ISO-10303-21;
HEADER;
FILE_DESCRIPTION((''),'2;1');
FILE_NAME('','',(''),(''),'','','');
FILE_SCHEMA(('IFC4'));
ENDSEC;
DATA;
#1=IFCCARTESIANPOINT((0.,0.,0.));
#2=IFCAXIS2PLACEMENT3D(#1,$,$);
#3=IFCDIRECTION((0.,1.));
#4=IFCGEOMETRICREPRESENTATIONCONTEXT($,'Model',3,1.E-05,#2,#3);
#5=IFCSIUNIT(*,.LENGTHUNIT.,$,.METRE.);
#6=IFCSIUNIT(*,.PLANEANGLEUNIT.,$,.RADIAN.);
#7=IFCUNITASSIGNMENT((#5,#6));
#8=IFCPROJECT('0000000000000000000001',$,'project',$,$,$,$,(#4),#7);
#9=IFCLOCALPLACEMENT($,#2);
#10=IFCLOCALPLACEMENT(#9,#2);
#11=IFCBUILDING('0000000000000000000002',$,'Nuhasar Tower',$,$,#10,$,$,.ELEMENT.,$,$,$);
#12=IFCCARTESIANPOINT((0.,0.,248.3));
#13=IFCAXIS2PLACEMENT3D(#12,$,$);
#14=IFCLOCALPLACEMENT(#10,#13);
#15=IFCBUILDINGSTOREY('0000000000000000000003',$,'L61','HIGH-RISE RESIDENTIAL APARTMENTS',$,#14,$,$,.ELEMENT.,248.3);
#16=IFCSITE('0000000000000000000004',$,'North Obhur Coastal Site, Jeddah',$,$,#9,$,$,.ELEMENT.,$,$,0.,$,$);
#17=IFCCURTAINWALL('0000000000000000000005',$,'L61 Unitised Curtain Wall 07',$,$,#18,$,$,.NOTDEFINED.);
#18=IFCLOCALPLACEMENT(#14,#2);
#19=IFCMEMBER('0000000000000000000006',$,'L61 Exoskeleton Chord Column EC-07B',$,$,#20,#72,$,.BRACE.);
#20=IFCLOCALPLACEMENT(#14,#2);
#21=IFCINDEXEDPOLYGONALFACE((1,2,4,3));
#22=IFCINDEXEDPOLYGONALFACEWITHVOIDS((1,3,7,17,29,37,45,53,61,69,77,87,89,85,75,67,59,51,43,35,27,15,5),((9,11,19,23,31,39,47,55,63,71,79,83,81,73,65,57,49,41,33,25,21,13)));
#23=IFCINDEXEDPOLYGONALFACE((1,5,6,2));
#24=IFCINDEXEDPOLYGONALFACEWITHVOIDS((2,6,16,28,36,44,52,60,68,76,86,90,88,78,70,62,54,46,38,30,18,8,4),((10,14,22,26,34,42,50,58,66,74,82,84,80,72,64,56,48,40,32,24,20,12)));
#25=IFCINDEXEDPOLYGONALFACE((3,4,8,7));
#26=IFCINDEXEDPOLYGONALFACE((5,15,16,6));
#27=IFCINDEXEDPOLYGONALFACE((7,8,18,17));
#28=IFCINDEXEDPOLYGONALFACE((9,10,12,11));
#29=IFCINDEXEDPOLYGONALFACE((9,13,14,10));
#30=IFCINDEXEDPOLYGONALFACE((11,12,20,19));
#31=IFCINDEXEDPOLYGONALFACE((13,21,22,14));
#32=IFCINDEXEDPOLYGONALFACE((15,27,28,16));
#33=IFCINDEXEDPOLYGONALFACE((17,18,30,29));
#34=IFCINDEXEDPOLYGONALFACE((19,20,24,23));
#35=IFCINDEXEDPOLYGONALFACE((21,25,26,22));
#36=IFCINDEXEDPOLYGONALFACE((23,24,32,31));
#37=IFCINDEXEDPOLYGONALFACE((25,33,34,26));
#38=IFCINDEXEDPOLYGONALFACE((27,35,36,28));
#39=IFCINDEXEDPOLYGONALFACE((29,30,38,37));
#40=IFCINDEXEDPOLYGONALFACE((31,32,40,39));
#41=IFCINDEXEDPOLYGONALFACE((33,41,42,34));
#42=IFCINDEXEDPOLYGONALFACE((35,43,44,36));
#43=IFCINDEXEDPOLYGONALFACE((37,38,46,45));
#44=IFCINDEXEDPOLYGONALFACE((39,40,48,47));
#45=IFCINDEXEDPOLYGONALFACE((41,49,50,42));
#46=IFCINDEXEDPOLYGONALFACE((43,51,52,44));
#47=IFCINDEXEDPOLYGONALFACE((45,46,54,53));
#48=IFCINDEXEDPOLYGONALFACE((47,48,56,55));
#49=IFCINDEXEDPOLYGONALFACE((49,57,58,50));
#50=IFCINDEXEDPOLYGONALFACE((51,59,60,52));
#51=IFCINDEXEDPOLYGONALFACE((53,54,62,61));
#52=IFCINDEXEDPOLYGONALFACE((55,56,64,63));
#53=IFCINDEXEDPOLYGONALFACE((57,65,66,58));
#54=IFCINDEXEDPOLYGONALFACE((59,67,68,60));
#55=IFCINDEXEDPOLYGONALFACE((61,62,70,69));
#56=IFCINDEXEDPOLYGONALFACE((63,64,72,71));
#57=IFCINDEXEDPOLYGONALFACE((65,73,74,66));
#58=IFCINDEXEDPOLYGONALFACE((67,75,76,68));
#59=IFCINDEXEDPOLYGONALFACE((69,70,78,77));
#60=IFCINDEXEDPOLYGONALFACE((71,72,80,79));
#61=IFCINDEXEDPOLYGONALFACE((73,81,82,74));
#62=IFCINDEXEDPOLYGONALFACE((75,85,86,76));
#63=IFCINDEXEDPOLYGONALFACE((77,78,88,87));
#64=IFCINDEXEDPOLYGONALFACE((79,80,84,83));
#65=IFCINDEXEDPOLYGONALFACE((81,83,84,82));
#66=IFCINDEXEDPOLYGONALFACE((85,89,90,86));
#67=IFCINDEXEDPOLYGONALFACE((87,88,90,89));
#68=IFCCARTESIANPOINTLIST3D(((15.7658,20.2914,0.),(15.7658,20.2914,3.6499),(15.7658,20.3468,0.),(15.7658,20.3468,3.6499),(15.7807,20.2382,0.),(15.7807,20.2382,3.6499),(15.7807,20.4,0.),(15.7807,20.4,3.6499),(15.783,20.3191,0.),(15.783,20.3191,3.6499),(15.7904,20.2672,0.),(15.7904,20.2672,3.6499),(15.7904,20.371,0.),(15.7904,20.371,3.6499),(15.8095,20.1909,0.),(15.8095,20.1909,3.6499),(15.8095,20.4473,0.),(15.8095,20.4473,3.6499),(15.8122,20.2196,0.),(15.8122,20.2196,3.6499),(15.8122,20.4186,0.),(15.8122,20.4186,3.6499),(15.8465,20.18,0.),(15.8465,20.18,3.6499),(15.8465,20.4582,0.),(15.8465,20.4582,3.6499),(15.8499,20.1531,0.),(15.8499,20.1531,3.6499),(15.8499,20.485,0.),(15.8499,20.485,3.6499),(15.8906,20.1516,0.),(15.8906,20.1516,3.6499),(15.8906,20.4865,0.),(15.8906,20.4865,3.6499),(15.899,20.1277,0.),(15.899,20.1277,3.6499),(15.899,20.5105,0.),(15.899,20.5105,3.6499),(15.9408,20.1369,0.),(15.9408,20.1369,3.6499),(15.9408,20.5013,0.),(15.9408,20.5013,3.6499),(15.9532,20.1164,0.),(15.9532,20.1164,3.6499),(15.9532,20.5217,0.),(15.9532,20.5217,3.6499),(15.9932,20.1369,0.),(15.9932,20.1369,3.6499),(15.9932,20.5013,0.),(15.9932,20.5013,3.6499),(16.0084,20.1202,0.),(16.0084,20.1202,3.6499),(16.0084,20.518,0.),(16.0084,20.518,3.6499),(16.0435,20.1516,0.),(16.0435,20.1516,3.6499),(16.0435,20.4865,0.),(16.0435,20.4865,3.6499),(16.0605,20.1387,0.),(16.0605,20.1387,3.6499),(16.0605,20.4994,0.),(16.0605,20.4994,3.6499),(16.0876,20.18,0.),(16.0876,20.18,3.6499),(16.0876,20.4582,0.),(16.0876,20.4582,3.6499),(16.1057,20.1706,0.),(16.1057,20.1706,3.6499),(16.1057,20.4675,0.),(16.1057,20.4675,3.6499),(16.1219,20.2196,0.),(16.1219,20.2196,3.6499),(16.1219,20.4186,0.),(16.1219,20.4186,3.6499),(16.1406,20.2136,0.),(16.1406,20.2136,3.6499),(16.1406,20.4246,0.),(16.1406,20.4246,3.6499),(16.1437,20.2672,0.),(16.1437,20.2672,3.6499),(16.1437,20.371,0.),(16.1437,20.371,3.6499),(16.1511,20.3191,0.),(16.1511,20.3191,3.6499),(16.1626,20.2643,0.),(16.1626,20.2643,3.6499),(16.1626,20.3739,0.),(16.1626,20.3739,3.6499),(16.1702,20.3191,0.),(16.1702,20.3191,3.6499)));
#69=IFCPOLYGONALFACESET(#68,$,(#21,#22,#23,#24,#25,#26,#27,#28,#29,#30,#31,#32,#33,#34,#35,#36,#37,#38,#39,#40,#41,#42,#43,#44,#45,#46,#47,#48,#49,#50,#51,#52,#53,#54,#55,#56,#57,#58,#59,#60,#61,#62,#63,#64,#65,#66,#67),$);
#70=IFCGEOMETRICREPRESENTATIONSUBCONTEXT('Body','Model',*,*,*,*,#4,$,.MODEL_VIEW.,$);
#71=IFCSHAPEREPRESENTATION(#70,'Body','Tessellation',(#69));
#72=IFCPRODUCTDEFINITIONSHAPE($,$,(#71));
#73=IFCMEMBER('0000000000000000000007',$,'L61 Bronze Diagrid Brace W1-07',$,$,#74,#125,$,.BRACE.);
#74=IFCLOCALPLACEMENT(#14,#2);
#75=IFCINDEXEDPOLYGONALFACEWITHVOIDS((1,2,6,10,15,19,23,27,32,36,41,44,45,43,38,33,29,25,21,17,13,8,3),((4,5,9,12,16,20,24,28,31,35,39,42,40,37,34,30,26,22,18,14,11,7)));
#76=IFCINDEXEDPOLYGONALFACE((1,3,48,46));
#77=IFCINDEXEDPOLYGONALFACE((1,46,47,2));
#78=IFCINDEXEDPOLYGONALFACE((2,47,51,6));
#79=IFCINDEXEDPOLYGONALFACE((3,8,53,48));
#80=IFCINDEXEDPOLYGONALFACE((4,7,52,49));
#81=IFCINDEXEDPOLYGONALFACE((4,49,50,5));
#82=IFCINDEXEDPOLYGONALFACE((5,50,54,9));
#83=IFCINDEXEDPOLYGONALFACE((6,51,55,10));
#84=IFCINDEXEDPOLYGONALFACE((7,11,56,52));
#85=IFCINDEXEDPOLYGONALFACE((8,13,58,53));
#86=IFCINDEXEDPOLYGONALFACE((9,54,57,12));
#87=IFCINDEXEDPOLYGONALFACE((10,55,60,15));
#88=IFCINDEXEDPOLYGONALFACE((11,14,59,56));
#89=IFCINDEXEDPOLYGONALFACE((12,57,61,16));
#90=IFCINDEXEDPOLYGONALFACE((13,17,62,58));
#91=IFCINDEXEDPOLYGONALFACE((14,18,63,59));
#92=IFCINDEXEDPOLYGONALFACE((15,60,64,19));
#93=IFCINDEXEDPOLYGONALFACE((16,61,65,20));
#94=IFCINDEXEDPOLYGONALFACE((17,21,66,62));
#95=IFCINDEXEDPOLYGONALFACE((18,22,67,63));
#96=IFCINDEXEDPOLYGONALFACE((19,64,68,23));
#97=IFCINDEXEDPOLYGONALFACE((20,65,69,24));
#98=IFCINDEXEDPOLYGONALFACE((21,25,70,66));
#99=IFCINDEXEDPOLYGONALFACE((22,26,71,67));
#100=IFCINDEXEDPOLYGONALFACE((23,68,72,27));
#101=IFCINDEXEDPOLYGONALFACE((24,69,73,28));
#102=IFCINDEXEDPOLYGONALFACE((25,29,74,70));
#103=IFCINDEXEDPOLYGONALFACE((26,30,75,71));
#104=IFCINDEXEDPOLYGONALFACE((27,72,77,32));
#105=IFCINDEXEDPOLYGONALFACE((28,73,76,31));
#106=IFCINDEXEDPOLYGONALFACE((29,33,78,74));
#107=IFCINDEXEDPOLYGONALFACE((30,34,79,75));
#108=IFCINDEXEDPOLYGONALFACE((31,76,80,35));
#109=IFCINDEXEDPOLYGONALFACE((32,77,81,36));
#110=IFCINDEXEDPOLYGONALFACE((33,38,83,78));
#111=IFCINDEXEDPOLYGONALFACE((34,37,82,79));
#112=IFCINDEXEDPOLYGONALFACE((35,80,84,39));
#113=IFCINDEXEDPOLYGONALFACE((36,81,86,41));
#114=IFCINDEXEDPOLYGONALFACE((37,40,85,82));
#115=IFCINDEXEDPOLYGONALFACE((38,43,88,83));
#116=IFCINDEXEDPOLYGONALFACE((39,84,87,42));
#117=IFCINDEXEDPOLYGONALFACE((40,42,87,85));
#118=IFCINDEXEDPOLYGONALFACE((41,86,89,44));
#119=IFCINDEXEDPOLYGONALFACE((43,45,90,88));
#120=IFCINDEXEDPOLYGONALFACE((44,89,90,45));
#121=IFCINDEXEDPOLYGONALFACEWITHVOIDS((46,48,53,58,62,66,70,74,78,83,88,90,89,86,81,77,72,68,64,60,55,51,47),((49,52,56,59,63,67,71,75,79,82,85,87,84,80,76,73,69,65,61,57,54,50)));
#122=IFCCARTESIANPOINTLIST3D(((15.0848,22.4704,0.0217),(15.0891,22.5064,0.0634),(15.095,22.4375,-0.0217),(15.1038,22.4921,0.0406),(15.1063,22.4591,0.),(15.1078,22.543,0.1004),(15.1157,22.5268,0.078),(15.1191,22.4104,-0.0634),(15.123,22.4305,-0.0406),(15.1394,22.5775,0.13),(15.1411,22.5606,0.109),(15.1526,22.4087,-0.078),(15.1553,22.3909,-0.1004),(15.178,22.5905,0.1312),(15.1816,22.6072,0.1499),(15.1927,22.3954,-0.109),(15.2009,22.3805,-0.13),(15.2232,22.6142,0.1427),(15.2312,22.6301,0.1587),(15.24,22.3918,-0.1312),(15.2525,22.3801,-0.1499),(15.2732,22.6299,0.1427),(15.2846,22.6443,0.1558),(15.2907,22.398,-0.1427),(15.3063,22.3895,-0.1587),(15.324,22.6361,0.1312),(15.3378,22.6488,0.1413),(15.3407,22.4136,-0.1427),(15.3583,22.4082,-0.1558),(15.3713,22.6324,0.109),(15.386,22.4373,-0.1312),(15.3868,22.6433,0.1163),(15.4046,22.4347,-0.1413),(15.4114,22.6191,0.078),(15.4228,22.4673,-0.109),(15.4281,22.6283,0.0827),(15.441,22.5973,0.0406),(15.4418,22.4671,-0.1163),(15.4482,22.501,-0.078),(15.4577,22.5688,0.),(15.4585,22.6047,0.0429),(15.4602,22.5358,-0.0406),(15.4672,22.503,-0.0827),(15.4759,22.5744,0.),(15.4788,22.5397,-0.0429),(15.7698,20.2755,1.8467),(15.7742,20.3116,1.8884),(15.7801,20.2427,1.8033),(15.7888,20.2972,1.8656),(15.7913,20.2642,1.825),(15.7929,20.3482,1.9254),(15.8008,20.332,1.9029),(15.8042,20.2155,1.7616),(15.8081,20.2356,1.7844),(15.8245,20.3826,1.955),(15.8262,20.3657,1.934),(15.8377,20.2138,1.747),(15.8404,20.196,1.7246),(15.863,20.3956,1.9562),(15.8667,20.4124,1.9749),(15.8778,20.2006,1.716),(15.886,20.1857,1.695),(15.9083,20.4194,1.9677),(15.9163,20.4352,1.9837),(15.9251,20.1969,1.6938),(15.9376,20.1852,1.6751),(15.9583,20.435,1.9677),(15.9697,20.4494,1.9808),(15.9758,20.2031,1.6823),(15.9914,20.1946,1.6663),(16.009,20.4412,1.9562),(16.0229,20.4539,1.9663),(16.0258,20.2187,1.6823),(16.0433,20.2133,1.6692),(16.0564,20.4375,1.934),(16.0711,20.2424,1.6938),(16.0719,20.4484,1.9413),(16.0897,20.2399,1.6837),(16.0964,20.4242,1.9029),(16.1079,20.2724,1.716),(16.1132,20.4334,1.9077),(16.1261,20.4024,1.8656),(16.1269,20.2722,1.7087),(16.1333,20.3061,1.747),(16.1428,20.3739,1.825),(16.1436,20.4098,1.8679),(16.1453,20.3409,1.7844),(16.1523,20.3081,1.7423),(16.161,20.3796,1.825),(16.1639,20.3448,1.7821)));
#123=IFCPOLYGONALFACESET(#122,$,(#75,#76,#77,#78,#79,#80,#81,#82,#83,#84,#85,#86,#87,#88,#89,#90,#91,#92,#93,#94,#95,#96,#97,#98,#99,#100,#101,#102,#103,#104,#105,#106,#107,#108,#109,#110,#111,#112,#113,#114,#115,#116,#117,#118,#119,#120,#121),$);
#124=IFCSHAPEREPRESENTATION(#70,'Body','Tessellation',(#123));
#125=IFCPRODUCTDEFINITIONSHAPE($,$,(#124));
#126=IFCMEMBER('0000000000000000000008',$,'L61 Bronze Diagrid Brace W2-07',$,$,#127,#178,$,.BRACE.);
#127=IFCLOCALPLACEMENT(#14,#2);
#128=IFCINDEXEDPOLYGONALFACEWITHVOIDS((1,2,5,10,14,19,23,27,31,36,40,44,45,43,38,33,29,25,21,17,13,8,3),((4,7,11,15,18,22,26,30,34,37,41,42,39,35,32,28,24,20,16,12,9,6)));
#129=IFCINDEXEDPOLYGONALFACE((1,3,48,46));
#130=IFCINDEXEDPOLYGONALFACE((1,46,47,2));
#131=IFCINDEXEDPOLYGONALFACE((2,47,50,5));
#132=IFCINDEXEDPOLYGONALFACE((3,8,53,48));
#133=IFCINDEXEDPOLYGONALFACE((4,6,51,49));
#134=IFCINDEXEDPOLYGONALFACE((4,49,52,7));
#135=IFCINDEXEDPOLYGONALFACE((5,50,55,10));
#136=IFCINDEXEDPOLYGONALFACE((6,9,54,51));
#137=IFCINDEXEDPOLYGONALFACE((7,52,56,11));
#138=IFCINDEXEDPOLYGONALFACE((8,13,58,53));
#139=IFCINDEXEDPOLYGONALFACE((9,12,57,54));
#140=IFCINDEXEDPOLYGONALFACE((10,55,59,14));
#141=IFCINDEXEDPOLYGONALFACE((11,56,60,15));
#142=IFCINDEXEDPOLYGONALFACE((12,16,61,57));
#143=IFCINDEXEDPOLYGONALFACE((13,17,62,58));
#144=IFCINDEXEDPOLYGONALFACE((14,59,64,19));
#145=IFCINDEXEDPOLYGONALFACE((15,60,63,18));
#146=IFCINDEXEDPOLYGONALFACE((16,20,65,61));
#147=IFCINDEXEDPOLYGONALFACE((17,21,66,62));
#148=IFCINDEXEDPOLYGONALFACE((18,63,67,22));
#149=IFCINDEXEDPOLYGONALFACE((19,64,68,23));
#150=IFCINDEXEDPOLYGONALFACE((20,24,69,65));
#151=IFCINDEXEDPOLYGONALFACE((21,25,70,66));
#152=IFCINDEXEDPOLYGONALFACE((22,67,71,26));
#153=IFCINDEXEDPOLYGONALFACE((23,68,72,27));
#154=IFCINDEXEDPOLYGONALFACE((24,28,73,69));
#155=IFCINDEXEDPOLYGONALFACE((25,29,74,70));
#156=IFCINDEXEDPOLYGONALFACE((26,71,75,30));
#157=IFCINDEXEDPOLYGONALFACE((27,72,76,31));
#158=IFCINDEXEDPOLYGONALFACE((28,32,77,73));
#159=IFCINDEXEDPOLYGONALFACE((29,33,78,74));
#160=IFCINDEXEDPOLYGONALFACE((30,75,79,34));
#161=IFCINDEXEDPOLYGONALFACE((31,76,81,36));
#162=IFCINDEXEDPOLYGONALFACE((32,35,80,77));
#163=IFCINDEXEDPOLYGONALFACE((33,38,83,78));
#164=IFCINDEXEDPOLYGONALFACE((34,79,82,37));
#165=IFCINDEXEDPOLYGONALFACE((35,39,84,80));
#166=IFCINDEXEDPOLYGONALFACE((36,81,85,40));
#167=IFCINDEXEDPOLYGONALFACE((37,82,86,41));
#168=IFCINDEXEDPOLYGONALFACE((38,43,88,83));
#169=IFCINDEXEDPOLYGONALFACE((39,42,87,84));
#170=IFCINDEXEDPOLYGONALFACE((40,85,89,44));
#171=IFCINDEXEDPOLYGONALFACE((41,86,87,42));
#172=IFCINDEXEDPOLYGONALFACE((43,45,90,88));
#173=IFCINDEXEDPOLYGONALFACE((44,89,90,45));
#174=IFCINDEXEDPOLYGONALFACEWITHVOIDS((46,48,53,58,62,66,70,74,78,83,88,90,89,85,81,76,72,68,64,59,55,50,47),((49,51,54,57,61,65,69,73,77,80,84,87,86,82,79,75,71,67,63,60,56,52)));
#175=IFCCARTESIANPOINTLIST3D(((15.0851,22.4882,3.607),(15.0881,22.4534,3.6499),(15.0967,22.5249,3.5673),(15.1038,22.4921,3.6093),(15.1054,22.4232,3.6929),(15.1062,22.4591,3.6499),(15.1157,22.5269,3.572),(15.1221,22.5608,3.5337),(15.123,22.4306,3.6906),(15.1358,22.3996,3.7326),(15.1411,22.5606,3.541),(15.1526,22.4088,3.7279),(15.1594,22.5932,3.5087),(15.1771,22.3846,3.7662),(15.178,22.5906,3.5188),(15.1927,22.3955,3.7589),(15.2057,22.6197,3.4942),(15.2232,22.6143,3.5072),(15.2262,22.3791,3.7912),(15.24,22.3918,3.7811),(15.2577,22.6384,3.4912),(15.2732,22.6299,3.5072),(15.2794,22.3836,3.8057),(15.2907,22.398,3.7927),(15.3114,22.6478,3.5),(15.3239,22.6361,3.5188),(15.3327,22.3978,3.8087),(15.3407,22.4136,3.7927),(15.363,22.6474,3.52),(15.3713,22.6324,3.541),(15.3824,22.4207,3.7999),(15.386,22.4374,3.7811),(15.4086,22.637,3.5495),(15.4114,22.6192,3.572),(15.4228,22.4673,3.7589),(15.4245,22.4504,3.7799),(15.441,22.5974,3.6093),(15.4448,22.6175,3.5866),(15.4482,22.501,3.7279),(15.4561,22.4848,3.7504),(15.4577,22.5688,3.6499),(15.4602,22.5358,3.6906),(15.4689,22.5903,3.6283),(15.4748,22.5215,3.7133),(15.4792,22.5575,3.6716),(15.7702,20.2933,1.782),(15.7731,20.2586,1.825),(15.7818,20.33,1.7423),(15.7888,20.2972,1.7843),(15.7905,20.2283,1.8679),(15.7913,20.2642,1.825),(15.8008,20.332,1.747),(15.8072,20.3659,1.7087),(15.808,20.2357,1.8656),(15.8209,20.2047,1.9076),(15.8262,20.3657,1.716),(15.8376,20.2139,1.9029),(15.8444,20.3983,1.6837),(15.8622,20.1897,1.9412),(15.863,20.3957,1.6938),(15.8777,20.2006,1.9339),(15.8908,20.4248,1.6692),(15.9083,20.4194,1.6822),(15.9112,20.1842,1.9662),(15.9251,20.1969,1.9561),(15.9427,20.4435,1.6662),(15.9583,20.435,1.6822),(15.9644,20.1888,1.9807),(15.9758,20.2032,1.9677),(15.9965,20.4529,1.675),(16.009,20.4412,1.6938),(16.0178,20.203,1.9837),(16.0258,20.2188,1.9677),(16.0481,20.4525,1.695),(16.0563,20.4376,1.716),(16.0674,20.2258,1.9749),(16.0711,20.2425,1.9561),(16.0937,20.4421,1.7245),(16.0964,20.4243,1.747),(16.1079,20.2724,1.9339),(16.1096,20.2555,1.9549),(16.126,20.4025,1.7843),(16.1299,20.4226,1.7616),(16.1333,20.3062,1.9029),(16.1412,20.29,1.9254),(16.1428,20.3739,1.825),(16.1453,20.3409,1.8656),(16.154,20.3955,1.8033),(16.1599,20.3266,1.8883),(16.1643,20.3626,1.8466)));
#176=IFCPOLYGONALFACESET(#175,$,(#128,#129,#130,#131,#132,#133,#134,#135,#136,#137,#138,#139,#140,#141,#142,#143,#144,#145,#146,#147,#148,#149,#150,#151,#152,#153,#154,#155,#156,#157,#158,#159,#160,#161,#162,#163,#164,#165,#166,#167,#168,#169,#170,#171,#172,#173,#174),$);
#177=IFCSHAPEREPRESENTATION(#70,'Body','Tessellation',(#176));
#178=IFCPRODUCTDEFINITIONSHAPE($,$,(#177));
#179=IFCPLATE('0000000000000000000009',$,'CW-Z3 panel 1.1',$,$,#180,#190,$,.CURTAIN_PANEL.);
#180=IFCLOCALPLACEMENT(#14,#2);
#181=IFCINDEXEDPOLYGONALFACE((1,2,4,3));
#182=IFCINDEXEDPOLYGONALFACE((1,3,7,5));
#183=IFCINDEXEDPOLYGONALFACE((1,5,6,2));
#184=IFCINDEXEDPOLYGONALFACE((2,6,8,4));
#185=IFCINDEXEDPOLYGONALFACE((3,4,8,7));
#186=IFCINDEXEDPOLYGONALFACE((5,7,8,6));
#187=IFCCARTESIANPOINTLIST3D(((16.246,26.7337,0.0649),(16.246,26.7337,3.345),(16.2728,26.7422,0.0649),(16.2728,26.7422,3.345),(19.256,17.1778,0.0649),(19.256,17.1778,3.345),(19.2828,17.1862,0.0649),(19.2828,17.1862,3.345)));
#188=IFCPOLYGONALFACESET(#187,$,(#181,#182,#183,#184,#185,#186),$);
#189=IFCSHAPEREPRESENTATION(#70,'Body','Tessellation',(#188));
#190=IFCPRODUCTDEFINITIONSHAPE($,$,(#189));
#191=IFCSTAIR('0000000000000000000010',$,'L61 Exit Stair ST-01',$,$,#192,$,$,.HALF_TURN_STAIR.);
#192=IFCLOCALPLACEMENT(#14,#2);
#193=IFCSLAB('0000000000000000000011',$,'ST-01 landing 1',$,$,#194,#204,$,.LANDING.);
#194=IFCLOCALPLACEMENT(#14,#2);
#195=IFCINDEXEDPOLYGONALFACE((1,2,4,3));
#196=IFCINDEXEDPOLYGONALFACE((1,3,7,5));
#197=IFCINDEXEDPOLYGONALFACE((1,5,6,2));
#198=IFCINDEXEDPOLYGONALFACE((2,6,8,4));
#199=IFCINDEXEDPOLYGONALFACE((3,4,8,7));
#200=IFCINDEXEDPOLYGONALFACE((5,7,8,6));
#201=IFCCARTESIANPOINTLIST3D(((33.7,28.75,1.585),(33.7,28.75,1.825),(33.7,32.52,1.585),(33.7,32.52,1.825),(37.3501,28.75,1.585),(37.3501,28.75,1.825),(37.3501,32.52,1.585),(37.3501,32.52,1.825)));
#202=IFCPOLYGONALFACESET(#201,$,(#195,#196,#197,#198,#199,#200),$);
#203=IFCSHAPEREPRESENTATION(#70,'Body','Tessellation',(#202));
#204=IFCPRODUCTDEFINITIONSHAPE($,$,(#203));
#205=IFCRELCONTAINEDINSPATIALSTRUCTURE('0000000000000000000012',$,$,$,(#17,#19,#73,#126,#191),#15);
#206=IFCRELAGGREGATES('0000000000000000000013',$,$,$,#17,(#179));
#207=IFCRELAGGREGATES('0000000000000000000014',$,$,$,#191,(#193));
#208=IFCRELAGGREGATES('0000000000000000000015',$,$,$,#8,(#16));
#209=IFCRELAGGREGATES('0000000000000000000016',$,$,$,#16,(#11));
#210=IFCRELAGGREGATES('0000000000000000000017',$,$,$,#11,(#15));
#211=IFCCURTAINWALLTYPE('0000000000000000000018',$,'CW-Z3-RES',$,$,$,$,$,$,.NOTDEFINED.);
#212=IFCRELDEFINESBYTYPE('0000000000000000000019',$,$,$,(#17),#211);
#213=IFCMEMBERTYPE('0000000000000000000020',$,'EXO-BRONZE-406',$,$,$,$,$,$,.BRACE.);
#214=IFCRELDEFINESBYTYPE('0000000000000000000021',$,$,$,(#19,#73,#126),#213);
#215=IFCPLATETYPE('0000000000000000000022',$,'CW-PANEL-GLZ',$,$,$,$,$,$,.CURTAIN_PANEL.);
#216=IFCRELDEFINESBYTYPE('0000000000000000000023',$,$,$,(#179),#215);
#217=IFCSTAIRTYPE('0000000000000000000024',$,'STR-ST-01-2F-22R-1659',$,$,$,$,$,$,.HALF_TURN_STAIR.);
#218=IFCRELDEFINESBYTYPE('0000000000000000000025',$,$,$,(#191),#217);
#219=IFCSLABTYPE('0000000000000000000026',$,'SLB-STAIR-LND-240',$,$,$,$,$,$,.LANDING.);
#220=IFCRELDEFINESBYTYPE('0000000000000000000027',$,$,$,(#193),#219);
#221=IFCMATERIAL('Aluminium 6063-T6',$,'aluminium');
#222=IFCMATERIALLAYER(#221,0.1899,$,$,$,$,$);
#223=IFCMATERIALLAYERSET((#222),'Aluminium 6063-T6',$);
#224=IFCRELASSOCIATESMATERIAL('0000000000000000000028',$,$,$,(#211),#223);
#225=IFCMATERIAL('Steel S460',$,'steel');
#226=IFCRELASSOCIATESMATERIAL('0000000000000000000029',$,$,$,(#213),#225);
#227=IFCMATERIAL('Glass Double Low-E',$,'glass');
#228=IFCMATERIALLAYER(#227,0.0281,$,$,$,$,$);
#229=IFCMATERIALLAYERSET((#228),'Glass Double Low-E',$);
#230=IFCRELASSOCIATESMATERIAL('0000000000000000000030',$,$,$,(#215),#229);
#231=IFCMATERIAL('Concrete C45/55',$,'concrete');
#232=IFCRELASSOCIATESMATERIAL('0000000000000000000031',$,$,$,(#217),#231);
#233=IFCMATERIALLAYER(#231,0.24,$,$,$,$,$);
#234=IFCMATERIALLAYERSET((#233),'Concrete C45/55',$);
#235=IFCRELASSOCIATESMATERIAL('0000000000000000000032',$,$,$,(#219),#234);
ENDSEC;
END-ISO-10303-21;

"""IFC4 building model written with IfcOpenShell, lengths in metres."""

from ifc_helpers import new_model, si_unit, direction, frame, origin, origin_2d, place, context, subcontext, project, spatial, polyline, rectangle, hollow_circle, outline, extrude, material, layer, layer_set, material_profile, profile_set, type_object, element, aggregate, save


model = new_model("IFC4")

# Units and contexts
model_context = context("Model", 3, precision=1e-05, world=origin(), true_north=direction((0.0, 1.0)))
body_context = subcontext(model_context, "Body", "Model", "MODEL_VIEW")
ifc_project = project(units=[si_unit("LENGTHUNIT", "METRE"), si_unit("PLANEANGLEUNIT", "RADIAN")], contexts=[model_context])

# Site, building, storey
site_placement = place(None, origin())
site = spatial("IfcSite", under=ifc_project, at=site_placement, Name="North Obhur Coastal Site, Jeddah", CompositionType="ELEMENT", RefElevation=0.0)
building_placement = place(site_placement, origin())
building = spatial("IfcBuilding", under=site, at=building_placement, Name="Nuhasar Tower", CompositionType="ELEMENT")
storey_placement = place(building_placement, frame((0.0, 0.0, 248.3)))
storey = spatial("IfcBuildingStorey", under=building, at=storey_placement, Name="L61", Description="HIGH-RISE RESIDENTIAL APARTMENTS", CompositionType="ELEMENT", Elevation=248.3)

# Curtain wall
ifc_material_1 = material(Name="Aluminium 6063-T6", Category="aluminium")
ifc_layer_1 = layer(ifc_material_1, 0.1899)
ifc_layer_set_1 = layer_set([ifc_layer_1], Name="Aluminium 6063-T6")
curtain_wall_type = type_object("IfcCurtainWallType", Name="CW-Z3-RES", PredefinedType="NOTDEFINED", material=ifc_layer_set_1)
curtain_wall_1_placement = place(storey_placement, origin())
curtain_wall_1 = element("IfcCurtainWall", 1, at=curtain_wall_1_placement, inside=storey, type_object=curtain_wall_type, Name="L61 Unitised Curtain Wall 07", PredefinedType="NOTDEFINED")

# Members
ifc_material_2 = material(Name="Steel S460", Category="steel")
ifc_material_profile_1 = material_profile(ifc_material_2, hollow_circle(Radius=0.2031, WallThickness=0.019, at=origin_2d()), Name="HSS406.4X19.1")
ifc_profile_set_1 = profile_set([ifc_material_profile_1], Name="Steel S460")
member_type_1 = type_object("IfcMemberType", Name="EXO-BRONZE-406", PredefinedType="BRACE", material=ifc_profile_set_1)
for number, where, z_axis, x_axis, name in (
    (2, (15.967, 20.3191, 0.0), (0.0, 0.0, 1.0), (1.0, 0.0, 0.0), "L61 Exoskeleton Chord Column EC-07B"),
):
    element("IfcMember", number, at=place(storey_placement, frame(where, z_axis=z_axis, x_axis=x_axis)), inside=storey, type_object=member_type_1, Name=name, PredefinedType="BRACE", context=body_context, shape_type="SweptSolid", body=[
        extrude(hollow_circle(Radius=0.2031, WallThickness=0.019, at=origin_2d()), origin(), (0.0, 0.0, 1.0), 3.6499),
    ])
for number, where, z_axis, x_axis, name in (
    (3, (15.282, 22.5139, 0.0), (0.233372, -0.74769, 0.621689), (0.954582, 0.297948, 0.0), "L61 Bronze Diagrid Brace W1-07"),
    (4, (15.967, 20.3191, 1.825), (-0.233372, 0.74769, 0.621689), (-0.954582, -0.297948, 0.0), "L61 Bronze Diagrid Brace W2-07"),
):
    element("IfcMember", number, at=place(storey_placement, frame(where, z_axis=z_axis, x_axis=x_axis)), inside=storey, type_object=member_type_1, Name=name, PredefinedType="BRACE", context=body_context, shape_type="SweptSolid", body=[
        extrude(hollow_circle(Radius=0.2031, WallThickness=0.019, at=origin_2d()), origin(), (0.0, 0.0, 1.0), 2.9355),
    ])

# Plate
ifc_material_3 = material(Name="Glass Double Low-E", Category="glass")
ifc_layer_2 = layer(ifc_material_3, 0.0281)
ifc_layer_set_2 = layer_set([ifc_layer_2], Name="Glass Double Low-E")
plate_type = type_object("IfcPlateType", Name="CW-PANEL-GLZ", PredefinedType="CURTAIN_PANEL", material=ifc_layer_set_2)
plate_placement = place(storey_placement, frame((17.7644, 21.96, 0.0649), z_axis=(0.0, 0.0, 1.0), x_axis=(0.300429, -0.953804, 0.0)))
plate = element("IfcPlate", 5, at=plate_placement, type_object=plate_type, Name="CW-Z3 panel 1.1", PredefinedType="CURTAIN_PANEL", context=body_context, shape_type="SweptSolid", body=[
    extrude(rectangle(XDim=10.0188, YDim=0.0281, at=origin_2d()), origin(), (0.0, 0.0, 1.0), 3.28),
])
aggregate(curtain_wall_1, [plate])

# Stair, slab
ifc_material_4 = material(Name="Concrete C45/55", Category="concrete")
stair_type_1 = type_object("IfcStairType", Name="STR-ST-01-2F-22R-1659", PredefinedType="HALF_TURN_STAIR", material=ifc_material_4)
stair_1_placement = place(storey_placement, origin())
stair_1 = element("IfcStair", 6, at=stair_1_placement, inside=storey, type_object=stair_type_1, Name="L61 Exit Stair ST-01", PredefinedType="HALF_TURN_STAIR")
ifc_layer_3 = layer(ifc_material_4, 0.24)
ifc_layer_set_3 = layer_set([ifc_layer_3], Name="Concrete C45/55")
slab_type_1 = type_object("IfcSlabType", Name="SLB-STAIR-LND-240", PredefinedType="LANDING", material=ifc_layer_set_3)
slab_1_placement = place(storey_placement, frame((0.0, 0.0, 1.585)))
slab_1 = element("IfcSlab", 7, at=slab_1_placement, type_object=slab_type_1, Name="ST-01 landing 1", PredefinedType="LANDING", context=body_context, shape_type="SweptSolid", body=[
    extrude(outline(polyline([(33.7, 28.75), (37.3501, 28.75), (37.3501, 32.52), (33.7, 32.52), (33.7, 28.75)])), origin(), (0.0, 0.0, 1.0), 0.24),
])
aggregate(stair_1, [slab_1])

save(model, "model.ifc")
